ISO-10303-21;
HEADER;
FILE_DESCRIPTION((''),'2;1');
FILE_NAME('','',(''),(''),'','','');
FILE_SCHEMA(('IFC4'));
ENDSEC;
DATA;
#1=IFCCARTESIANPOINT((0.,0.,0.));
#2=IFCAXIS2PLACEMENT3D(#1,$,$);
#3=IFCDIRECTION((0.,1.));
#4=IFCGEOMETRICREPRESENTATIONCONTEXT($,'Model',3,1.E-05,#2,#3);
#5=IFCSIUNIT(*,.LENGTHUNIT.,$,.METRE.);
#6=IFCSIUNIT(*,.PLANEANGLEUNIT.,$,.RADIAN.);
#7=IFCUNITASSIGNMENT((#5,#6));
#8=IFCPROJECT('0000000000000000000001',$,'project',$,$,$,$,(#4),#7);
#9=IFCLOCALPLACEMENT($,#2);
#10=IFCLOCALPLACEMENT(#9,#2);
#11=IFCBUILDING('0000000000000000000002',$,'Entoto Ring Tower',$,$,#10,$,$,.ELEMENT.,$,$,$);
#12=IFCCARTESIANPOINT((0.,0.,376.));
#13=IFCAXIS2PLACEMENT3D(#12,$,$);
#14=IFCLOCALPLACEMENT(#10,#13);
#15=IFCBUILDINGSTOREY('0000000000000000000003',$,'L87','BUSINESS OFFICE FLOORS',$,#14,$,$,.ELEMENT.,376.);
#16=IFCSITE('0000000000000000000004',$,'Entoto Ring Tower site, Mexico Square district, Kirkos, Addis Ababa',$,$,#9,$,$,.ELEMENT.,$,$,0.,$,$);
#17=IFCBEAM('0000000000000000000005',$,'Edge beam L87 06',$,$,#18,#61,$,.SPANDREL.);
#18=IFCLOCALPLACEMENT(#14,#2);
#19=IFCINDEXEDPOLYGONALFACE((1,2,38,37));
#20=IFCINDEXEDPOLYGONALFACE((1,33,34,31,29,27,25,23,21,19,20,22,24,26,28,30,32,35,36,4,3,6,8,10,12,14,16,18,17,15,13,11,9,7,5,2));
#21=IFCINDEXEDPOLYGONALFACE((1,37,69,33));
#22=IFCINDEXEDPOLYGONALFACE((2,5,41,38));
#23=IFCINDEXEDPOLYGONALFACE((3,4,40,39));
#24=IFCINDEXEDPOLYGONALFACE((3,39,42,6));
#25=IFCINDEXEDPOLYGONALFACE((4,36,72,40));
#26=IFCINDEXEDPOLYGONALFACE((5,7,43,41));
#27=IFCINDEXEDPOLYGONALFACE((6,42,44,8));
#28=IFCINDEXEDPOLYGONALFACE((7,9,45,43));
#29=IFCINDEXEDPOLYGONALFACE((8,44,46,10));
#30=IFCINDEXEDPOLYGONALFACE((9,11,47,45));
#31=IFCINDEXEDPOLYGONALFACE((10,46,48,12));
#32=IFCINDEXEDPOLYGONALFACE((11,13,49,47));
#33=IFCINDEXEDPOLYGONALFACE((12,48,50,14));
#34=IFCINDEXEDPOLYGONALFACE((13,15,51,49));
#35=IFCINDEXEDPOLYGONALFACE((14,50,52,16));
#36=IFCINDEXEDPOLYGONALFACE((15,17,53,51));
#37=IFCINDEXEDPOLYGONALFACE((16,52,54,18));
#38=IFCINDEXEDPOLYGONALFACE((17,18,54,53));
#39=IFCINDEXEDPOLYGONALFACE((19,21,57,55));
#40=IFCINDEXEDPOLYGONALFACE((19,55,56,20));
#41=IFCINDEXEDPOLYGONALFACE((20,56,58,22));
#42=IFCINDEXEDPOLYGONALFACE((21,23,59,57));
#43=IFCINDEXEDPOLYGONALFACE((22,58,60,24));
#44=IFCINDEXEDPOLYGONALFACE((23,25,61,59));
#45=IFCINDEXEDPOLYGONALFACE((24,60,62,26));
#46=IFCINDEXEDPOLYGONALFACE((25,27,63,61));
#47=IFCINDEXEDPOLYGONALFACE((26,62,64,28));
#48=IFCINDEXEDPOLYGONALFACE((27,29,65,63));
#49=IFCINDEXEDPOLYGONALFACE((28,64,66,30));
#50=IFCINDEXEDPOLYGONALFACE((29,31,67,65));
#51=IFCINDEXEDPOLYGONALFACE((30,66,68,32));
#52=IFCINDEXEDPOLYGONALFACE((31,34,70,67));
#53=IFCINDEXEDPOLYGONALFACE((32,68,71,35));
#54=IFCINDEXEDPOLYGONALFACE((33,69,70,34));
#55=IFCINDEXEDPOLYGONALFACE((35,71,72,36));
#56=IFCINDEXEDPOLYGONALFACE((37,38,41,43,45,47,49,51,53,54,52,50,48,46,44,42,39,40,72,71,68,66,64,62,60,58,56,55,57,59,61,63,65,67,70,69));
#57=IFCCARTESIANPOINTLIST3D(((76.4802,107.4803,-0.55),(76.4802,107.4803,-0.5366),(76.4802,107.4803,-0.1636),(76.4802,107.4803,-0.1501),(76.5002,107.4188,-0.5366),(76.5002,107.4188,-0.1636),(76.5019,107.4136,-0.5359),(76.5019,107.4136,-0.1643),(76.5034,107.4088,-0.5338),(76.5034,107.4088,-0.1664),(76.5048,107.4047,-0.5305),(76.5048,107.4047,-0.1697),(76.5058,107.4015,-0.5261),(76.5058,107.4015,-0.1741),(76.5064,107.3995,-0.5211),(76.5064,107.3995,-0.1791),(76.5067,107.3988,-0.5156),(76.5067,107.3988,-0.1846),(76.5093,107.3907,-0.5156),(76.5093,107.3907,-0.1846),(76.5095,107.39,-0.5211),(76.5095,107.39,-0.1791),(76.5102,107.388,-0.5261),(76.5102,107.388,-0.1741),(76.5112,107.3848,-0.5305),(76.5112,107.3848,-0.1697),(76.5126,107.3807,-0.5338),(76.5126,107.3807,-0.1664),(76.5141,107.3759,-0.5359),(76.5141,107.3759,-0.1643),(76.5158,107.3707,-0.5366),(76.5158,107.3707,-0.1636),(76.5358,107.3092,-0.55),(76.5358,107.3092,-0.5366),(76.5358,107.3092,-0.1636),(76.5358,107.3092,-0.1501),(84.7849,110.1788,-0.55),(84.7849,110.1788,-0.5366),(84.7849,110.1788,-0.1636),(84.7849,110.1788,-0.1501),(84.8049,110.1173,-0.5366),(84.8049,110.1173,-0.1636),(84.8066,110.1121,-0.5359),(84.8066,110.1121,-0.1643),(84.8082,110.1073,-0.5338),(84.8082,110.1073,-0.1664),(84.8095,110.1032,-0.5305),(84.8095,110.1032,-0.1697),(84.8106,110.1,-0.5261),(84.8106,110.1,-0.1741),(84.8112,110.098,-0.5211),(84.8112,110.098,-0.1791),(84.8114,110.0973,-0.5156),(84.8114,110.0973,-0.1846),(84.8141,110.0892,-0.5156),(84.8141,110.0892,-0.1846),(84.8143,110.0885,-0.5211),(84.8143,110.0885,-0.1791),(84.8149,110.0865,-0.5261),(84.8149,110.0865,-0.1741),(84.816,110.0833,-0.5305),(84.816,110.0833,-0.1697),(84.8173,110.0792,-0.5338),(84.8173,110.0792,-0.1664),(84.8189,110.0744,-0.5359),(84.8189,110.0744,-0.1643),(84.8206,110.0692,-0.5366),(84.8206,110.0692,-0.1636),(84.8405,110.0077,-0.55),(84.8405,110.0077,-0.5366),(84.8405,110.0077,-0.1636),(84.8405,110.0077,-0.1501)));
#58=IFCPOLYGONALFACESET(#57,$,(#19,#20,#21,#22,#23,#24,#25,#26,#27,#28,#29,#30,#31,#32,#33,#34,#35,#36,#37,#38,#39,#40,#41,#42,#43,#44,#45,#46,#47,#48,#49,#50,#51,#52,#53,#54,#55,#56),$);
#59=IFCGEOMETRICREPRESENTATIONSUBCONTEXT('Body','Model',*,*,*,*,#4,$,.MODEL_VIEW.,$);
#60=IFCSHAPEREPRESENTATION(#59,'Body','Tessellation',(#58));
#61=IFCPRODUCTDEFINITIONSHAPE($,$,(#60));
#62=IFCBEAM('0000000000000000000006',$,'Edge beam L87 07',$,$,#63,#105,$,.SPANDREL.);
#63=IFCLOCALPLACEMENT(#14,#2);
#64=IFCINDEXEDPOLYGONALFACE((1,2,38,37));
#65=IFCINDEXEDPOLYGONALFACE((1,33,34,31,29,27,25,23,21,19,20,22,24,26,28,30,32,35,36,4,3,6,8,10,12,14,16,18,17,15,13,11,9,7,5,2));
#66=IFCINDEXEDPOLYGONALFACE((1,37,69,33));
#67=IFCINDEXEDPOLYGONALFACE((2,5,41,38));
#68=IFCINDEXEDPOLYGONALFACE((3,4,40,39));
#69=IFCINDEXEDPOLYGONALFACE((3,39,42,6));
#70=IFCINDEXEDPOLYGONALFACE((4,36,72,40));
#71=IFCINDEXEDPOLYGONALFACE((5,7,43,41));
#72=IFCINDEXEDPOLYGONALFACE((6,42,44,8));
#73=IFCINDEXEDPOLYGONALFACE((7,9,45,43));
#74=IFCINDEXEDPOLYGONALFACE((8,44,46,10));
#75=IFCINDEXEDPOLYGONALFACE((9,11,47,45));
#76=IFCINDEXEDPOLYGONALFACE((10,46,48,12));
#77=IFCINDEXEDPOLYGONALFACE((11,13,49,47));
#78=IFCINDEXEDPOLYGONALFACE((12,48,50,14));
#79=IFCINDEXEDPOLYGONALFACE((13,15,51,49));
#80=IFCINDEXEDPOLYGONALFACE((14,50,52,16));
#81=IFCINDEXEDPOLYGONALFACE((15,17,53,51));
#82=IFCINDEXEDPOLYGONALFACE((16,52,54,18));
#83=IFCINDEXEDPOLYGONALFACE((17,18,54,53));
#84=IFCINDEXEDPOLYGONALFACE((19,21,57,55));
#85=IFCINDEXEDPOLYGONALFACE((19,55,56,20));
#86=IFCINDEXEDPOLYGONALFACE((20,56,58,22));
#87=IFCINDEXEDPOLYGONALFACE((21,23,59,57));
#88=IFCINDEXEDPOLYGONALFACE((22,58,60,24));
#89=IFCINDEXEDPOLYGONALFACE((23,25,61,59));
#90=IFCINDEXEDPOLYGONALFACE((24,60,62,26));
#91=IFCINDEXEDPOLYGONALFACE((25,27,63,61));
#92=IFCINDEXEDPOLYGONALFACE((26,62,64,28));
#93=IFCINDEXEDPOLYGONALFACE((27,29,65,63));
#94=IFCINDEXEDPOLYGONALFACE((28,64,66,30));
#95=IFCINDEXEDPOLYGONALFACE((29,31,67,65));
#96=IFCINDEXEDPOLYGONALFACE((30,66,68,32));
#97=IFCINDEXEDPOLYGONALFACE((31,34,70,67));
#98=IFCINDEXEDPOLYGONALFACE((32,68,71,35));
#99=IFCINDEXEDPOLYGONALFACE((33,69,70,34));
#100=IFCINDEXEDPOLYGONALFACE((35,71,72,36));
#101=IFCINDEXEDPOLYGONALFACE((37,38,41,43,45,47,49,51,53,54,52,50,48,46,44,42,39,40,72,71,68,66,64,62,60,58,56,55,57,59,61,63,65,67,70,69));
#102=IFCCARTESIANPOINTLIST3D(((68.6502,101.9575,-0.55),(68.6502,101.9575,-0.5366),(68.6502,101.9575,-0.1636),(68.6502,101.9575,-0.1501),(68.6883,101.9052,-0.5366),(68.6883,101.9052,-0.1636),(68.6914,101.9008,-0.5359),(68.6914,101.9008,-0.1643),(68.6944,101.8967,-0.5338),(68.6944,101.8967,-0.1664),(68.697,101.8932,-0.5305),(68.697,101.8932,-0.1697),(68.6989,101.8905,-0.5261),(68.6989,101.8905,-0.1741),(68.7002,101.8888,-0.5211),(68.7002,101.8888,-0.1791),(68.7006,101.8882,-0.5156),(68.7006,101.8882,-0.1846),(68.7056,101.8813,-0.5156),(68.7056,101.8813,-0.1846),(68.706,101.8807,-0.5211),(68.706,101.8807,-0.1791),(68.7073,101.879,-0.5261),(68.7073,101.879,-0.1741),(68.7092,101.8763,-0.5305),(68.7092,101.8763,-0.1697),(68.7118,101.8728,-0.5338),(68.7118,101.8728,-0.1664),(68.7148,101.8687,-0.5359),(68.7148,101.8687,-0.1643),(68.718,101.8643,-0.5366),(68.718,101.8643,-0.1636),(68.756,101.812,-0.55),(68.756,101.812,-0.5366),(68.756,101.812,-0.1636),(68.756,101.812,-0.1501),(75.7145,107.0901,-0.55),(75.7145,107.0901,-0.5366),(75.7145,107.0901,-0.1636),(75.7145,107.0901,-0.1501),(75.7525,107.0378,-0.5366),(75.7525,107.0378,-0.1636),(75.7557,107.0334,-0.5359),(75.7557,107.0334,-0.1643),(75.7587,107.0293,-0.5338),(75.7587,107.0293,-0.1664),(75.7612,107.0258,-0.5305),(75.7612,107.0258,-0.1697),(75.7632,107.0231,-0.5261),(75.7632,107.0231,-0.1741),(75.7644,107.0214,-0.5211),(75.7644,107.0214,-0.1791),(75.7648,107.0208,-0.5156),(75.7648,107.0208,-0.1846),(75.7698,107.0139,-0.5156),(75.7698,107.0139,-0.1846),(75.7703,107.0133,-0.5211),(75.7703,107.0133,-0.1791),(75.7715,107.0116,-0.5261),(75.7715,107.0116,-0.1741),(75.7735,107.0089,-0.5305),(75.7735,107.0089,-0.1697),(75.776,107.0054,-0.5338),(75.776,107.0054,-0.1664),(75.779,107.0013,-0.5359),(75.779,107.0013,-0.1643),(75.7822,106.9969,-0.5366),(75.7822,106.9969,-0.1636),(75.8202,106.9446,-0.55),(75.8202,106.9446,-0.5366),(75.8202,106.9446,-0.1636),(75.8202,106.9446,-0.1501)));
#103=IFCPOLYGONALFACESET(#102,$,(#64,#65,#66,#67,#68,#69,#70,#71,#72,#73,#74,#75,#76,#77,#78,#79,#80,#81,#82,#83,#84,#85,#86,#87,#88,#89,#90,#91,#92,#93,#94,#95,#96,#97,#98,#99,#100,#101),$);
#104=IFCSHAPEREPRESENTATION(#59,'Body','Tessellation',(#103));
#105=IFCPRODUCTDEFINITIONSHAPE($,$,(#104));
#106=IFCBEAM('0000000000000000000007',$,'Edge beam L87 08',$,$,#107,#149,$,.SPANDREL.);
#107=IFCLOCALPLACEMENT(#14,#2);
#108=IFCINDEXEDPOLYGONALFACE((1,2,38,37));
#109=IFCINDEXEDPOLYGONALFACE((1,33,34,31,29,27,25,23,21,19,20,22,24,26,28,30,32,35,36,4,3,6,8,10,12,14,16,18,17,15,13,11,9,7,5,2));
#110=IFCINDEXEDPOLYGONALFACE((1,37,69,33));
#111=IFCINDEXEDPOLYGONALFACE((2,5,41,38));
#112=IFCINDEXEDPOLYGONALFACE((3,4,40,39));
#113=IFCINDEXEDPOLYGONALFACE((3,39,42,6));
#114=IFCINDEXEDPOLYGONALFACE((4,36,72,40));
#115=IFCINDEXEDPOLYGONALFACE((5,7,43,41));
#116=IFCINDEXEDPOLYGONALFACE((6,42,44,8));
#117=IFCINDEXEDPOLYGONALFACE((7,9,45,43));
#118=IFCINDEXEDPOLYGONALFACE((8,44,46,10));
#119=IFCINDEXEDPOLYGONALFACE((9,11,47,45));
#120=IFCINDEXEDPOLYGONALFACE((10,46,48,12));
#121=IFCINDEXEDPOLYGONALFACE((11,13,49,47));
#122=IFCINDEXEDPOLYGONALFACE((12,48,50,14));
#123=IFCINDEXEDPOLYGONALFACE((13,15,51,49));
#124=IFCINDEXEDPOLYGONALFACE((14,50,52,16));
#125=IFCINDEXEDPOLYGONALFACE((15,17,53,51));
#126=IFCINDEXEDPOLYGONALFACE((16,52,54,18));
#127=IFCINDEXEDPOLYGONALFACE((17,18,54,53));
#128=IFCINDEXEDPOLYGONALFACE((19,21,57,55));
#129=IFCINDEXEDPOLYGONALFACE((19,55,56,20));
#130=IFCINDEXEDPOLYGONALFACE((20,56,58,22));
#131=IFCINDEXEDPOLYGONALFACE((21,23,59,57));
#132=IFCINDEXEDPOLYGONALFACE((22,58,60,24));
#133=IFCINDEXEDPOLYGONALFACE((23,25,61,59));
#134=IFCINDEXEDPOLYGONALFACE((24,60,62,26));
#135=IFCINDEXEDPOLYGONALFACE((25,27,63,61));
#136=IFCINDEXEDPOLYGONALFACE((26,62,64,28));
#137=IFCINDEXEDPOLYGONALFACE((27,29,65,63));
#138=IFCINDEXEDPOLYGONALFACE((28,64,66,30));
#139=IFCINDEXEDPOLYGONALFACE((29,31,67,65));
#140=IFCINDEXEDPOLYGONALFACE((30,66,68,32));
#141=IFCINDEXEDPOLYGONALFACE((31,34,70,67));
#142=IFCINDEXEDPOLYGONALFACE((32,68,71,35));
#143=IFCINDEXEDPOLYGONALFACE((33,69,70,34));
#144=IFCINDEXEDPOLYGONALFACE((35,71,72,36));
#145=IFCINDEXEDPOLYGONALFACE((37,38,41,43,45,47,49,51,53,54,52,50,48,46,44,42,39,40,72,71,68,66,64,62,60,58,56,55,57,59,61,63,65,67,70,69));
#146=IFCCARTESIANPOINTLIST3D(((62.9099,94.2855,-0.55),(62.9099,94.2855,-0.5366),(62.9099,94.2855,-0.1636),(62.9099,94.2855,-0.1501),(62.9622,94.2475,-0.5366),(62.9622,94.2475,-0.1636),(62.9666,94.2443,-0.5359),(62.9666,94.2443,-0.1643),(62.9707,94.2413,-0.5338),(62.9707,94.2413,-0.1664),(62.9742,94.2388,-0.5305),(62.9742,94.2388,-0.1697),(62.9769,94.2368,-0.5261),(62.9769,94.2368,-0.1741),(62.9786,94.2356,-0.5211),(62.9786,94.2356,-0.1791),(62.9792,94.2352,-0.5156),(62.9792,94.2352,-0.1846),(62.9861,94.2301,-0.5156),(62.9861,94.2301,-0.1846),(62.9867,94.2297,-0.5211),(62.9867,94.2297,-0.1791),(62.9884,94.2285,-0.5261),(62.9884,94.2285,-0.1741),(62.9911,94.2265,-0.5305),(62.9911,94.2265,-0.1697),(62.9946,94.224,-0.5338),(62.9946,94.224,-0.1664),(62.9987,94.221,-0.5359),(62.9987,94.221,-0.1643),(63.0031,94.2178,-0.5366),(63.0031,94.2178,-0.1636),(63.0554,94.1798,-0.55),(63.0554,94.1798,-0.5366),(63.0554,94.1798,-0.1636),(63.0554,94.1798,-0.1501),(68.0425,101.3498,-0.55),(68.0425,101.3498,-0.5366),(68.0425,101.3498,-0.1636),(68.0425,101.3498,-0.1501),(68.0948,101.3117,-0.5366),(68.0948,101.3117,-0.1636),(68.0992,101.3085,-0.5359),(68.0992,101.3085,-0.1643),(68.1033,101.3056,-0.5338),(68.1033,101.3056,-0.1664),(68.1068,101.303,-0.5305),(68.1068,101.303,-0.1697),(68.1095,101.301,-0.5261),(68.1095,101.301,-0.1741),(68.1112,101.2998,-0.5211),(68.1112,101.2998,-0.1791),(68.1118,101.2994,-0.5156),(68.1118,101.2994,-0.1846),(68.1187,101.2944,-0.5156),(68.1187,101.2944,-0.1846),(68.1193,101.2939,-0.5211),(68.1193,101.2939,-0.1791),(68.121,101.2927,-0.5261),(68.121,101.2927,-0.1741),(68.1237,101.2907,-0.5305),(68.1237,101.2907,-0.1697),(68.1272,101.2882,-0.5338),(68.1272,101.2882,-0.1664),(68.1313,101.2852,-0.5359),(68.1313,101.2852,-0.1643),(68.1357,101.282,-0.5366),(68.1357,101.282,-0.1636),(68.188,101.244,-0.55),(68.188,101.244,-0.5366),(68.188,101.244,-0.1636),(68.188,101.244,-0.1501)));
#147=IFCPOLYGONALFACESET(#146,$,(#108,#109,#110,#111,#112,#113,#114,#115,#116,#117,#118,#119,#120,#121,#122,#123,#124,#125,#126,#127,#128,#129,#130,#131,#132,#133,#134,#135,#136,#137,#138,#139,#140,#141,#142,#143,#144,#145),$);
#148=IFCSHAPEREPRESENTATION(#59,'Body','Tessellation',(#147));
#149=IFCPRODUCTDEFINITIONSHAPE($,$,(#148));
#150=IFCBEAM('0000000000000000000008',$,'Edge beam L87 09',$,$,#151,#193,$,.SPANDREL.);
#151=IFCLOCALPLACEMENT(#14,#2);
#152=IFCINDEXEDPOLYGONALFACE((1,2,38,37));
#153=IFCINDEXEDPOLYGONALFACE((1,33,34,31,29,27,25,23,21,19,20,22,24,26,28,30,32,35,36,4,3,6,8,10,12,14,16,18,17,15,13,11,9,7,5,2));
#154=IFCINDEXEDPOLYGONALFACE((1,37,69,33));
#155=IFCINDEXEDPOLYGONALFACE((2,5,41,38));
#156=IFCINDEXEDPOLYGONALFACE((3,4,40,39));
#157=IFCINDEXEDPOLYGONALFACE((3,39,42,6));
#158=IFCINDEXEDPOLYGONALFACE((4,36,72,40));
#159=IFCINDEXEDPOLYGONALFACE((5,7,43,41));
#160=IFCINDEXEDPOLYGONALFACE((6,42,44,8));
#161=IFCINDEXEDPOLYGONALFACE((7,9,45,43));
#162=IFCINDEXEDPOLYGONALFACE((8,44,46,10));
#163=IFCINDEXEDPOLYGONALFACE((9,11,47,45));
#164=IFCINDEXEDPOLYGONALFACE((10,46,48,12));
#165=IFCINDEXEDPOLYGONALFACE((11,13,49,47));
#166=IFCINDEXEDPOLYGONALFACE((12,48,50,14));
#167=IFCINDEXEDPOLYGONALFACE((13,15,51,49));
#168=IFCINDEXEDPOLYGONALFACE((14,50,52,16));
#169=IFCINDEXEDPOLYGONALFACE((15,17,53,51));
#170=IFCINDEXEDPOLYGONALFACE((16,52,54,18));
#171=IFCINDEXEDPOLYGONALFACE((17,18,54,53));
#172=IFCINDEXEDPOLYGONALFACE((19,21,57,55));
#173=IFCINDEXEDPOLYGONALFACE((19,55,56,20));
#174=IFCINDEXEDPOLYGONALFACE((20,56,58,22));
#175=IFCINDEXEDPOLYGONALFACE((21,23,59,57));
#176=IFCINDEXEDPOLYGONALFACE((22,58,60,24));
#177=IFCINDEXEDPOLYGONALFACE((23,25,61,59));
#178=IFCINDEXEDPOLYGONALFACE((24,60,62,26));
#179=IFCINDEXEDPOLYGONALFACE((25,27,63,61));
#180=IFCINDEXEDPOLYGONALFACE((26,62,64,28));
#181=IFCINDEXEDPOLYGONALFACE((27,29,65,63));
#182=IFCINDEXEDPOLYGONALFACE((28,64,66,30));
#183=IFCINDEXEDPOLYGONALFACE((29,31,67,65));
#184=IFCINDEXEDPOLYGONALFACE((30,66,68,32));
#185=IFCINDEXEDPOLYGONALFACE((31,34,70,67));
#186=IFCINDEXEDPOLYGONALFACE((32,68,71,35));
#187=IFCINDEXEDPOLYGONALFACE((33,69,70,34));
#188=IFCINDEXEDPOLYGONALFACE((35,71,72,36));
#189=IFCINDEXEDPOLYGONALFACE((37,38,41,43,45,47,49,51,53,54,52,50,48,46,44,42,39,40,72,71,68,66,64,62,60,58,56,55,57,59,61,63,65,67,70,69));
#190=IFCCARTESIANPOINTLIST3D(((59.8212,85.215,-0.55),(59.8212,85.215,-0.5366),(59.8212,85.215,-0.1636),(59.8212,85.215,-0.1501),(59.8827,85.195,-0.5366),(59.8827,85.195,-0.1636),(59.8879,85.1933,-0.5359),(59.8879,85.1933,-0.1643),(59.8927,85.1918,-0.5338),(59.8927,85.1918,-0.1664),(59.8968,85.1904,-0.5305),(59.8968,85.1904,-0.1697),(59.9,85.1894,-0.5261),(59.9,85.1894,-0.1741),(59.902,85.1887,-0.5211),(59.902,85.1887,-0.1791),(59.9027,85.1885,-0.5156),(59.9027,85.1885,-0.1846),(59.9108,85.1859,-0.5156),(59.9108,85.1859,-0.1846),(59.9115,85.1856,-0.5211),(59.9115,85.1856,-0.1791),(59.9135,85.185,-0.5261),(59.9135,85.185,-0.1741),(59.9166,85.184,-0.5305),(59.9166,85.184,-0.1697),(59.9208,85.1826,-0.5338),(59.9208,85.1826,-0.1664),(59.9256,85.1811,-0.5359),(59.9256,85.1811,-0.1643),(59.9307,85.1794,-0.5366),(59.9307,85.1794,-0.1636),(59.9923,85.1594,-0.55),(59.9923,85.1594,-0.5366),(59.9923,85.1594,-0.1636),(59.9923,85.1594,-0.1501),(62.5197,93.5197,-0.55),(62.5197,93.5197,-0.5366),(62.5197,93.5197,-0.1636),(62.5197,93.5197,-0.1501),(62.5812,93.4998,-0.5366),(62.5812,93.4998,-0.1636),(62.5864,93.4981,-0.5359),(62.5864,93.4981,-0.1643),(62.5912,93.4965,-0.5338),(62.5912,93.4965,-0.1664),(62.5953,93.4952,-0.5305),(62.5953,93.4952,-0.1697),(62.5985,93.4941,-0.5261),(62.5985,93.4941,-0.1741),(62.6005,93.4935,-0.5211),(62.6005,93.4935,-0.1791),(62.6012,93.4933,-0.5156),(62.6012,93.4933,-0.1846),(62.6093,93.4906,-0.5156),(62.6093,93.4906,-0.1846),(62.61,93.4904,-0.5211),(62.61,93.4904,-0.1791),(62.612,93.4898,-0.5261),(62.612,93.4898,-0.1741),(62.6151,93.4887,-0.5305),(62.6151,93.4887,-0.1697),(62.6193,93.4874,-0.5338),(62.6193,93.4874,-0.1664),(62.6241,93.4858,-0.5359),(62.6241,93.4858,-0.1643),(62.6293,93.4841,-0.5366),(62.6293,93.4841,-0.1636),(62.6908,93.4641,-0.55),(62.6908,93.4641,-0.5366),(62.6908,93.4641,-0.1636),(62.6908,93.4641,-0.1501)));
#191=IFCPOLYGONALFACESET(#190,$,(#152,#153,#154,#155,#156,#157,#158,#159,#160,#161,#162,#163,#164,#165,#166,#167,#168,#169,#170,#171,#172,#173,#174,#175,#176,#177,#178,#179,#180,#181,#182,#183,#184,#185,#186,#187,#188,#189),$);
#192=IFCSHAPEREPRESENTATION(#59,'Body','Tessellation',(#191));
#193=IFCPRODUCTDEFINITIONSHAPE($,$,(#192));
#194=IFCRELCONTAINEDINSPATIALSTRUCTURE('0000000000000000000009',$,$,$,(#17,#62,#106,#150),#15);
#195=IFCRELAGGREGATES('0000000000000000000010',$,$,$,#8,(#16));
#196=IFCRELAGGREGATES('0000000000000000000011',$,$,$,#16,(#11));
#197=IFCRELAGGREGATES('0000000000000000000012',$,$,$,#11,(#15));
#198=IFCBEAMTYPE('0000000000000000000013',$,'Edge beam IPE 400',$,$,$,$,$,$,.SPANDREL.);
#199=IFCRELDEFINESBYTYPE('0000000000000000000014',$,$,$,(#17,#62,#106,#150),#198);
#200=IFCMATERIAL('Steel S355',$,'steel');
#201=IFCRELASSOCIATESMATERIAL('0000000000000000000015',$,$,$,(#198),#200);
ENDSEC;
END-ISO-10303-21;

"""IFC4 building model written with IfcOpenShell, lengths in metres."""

from ifc_helpers import new_model, si_unit, direction, frame, origin, origin_2d, place, context, subcontext, project, spatial, i_section, extrude, material, material_profile, profile_set, type_object, element, save


model = new_model("IFC4")

# Units and contexts
model_context = context("Model", 3, precision=1e-05, world=origin(), true_north=direction((0.0, 1.0)))
body_context = subcontext(model_context, "Body", "Model", "MODEL_VIEW")
ifc_project = project(units=[si_unit("LENGTHUNIT", "METRE"), si_unit("PLANEANGLEUNIT", "RADIAN")], contexts=[model_context])

# Site, building, storey
site_placement = place(None, origin())
site = spatial("IfcSite", under=ifc_project, at=site_placement, Name="Entoto Ring Tower site, Mexico Square district, Kirkos, Addis Ababa", CompositionType="ELEMENT", RefElevation=0.0)
building_placement = place(site_placement, origin())
building = spatial("IfcBuilding", under=site, at=building_placement, Name="Entoto Ring Tower", CompositionType="ELEMENT")
storey_placement = place(building_placement, frame((0.0, 0.0, 376.0)))
storey = spatial("IfcBuildingStorey", under=building, at=storey_placement, Name="L87", Description="BUSINESS OFFICE FLOORS", CompositionType="ELEMENT", Elevation=376.0)

# Beams
ifc_material_1 = material(Name="Steel S355", Category="steel")
ifc_material_profile_1 = material_profile(ifc_material_1, i_section(OverallWidth=0.1799, OverallDepth=0.3999, WebThickness=0.0085, FlangeThickness=0.0134, FilletRadius=0.021, at=origin_2d()), Name="IPE 400")
ifc_profile_set_1 = profile_set([ifc_material_profile_1], Name="Steel S355")
beam_type_1 = type_object("IfcBeamType", Name="Edge beam IPE 400", PredefinedType="SPANDREL", material=ifc_profile_set_1)
beam_1_placement = place(storey_placement, frame((84.8127, 110.0933, -0.3501), z_axis=(-0.951052, -0.30903, 0.0), x_axis=(0.30903, -0.951052, 0.0)))
element("IfcBeam", 1, at=beam_1_placement, inside=storey, type_object=beam_type_1, Name="Edge beam L87 06", PredefinedType="SPANDREL", context=body_context, shape_type="SweptSolid", body=[
    extrude(i_section(OverallWidth=0.1799, OverallDepth=0.3999, WebThickness=0.0085, FlangeThickness=0.0134, FilletRadius=0.021, at=origin_2d()), origin(), (0.0, 0.0, 1.0), 8.7322),
])
for number, where, z_axis, x_axis, name in (
    (2, (75.7673, 107.0173, -0.3501), (-0.80901, -0.587794, 0.0), (0.587794, -0.80901, 0.0), "Edge beam L87 07"),
    (3, (68.1152, 101.2969, -0.3501), (-0.587794, -0.80901, 0.0), (0.80901, -0.587794, 0.0), "Edge beam L87 08"),
):
    element("IfcBeam", number, at=place(storey_placement, frame(where, z_axis=z_axis, x_axis=x_axis)), inside=storey, type_object=beam_type_1, Name=name, PredefinedType="SPANDREL", context=body_context, shape_type="SweptSolid", body=[
        extrude(i_section(OverallWidth=0.1799, OverallDepth=0.3999, WebThickness=0.0085, FlangeThickness=0.0134, FilletRadius=0.021, at=origin_2d()), origin(), (0.0, 0.0, 1.0), 8.7319),
    ])
beam_2_placement = place(storey_placement, frame((62.6052, 93.4919, -0.3501), z_axis=(-0.30903, -0.951052, 0.0), x_axis=(0.951052, -0.30903, 0.0)))
element("IfcBeam", 4, at=beam_2_placement, inside=storey, type_object=beam_type_1, Name="Edge beam L87 09", PredefinedType="SPANDREL", context=body_context, shape_type="SweptSolid", body=[
    extrude(i_section(OverallWidth=0.1799, OverallDepth=0.3999, WebThickness=0.0085, FlangeThickness=0.0134, FilletRadius=0.021, at=origin_2d()), origin(), (0.0, 0.0, 1.0), 8.7322),
])

save(model, "model.ifc")
